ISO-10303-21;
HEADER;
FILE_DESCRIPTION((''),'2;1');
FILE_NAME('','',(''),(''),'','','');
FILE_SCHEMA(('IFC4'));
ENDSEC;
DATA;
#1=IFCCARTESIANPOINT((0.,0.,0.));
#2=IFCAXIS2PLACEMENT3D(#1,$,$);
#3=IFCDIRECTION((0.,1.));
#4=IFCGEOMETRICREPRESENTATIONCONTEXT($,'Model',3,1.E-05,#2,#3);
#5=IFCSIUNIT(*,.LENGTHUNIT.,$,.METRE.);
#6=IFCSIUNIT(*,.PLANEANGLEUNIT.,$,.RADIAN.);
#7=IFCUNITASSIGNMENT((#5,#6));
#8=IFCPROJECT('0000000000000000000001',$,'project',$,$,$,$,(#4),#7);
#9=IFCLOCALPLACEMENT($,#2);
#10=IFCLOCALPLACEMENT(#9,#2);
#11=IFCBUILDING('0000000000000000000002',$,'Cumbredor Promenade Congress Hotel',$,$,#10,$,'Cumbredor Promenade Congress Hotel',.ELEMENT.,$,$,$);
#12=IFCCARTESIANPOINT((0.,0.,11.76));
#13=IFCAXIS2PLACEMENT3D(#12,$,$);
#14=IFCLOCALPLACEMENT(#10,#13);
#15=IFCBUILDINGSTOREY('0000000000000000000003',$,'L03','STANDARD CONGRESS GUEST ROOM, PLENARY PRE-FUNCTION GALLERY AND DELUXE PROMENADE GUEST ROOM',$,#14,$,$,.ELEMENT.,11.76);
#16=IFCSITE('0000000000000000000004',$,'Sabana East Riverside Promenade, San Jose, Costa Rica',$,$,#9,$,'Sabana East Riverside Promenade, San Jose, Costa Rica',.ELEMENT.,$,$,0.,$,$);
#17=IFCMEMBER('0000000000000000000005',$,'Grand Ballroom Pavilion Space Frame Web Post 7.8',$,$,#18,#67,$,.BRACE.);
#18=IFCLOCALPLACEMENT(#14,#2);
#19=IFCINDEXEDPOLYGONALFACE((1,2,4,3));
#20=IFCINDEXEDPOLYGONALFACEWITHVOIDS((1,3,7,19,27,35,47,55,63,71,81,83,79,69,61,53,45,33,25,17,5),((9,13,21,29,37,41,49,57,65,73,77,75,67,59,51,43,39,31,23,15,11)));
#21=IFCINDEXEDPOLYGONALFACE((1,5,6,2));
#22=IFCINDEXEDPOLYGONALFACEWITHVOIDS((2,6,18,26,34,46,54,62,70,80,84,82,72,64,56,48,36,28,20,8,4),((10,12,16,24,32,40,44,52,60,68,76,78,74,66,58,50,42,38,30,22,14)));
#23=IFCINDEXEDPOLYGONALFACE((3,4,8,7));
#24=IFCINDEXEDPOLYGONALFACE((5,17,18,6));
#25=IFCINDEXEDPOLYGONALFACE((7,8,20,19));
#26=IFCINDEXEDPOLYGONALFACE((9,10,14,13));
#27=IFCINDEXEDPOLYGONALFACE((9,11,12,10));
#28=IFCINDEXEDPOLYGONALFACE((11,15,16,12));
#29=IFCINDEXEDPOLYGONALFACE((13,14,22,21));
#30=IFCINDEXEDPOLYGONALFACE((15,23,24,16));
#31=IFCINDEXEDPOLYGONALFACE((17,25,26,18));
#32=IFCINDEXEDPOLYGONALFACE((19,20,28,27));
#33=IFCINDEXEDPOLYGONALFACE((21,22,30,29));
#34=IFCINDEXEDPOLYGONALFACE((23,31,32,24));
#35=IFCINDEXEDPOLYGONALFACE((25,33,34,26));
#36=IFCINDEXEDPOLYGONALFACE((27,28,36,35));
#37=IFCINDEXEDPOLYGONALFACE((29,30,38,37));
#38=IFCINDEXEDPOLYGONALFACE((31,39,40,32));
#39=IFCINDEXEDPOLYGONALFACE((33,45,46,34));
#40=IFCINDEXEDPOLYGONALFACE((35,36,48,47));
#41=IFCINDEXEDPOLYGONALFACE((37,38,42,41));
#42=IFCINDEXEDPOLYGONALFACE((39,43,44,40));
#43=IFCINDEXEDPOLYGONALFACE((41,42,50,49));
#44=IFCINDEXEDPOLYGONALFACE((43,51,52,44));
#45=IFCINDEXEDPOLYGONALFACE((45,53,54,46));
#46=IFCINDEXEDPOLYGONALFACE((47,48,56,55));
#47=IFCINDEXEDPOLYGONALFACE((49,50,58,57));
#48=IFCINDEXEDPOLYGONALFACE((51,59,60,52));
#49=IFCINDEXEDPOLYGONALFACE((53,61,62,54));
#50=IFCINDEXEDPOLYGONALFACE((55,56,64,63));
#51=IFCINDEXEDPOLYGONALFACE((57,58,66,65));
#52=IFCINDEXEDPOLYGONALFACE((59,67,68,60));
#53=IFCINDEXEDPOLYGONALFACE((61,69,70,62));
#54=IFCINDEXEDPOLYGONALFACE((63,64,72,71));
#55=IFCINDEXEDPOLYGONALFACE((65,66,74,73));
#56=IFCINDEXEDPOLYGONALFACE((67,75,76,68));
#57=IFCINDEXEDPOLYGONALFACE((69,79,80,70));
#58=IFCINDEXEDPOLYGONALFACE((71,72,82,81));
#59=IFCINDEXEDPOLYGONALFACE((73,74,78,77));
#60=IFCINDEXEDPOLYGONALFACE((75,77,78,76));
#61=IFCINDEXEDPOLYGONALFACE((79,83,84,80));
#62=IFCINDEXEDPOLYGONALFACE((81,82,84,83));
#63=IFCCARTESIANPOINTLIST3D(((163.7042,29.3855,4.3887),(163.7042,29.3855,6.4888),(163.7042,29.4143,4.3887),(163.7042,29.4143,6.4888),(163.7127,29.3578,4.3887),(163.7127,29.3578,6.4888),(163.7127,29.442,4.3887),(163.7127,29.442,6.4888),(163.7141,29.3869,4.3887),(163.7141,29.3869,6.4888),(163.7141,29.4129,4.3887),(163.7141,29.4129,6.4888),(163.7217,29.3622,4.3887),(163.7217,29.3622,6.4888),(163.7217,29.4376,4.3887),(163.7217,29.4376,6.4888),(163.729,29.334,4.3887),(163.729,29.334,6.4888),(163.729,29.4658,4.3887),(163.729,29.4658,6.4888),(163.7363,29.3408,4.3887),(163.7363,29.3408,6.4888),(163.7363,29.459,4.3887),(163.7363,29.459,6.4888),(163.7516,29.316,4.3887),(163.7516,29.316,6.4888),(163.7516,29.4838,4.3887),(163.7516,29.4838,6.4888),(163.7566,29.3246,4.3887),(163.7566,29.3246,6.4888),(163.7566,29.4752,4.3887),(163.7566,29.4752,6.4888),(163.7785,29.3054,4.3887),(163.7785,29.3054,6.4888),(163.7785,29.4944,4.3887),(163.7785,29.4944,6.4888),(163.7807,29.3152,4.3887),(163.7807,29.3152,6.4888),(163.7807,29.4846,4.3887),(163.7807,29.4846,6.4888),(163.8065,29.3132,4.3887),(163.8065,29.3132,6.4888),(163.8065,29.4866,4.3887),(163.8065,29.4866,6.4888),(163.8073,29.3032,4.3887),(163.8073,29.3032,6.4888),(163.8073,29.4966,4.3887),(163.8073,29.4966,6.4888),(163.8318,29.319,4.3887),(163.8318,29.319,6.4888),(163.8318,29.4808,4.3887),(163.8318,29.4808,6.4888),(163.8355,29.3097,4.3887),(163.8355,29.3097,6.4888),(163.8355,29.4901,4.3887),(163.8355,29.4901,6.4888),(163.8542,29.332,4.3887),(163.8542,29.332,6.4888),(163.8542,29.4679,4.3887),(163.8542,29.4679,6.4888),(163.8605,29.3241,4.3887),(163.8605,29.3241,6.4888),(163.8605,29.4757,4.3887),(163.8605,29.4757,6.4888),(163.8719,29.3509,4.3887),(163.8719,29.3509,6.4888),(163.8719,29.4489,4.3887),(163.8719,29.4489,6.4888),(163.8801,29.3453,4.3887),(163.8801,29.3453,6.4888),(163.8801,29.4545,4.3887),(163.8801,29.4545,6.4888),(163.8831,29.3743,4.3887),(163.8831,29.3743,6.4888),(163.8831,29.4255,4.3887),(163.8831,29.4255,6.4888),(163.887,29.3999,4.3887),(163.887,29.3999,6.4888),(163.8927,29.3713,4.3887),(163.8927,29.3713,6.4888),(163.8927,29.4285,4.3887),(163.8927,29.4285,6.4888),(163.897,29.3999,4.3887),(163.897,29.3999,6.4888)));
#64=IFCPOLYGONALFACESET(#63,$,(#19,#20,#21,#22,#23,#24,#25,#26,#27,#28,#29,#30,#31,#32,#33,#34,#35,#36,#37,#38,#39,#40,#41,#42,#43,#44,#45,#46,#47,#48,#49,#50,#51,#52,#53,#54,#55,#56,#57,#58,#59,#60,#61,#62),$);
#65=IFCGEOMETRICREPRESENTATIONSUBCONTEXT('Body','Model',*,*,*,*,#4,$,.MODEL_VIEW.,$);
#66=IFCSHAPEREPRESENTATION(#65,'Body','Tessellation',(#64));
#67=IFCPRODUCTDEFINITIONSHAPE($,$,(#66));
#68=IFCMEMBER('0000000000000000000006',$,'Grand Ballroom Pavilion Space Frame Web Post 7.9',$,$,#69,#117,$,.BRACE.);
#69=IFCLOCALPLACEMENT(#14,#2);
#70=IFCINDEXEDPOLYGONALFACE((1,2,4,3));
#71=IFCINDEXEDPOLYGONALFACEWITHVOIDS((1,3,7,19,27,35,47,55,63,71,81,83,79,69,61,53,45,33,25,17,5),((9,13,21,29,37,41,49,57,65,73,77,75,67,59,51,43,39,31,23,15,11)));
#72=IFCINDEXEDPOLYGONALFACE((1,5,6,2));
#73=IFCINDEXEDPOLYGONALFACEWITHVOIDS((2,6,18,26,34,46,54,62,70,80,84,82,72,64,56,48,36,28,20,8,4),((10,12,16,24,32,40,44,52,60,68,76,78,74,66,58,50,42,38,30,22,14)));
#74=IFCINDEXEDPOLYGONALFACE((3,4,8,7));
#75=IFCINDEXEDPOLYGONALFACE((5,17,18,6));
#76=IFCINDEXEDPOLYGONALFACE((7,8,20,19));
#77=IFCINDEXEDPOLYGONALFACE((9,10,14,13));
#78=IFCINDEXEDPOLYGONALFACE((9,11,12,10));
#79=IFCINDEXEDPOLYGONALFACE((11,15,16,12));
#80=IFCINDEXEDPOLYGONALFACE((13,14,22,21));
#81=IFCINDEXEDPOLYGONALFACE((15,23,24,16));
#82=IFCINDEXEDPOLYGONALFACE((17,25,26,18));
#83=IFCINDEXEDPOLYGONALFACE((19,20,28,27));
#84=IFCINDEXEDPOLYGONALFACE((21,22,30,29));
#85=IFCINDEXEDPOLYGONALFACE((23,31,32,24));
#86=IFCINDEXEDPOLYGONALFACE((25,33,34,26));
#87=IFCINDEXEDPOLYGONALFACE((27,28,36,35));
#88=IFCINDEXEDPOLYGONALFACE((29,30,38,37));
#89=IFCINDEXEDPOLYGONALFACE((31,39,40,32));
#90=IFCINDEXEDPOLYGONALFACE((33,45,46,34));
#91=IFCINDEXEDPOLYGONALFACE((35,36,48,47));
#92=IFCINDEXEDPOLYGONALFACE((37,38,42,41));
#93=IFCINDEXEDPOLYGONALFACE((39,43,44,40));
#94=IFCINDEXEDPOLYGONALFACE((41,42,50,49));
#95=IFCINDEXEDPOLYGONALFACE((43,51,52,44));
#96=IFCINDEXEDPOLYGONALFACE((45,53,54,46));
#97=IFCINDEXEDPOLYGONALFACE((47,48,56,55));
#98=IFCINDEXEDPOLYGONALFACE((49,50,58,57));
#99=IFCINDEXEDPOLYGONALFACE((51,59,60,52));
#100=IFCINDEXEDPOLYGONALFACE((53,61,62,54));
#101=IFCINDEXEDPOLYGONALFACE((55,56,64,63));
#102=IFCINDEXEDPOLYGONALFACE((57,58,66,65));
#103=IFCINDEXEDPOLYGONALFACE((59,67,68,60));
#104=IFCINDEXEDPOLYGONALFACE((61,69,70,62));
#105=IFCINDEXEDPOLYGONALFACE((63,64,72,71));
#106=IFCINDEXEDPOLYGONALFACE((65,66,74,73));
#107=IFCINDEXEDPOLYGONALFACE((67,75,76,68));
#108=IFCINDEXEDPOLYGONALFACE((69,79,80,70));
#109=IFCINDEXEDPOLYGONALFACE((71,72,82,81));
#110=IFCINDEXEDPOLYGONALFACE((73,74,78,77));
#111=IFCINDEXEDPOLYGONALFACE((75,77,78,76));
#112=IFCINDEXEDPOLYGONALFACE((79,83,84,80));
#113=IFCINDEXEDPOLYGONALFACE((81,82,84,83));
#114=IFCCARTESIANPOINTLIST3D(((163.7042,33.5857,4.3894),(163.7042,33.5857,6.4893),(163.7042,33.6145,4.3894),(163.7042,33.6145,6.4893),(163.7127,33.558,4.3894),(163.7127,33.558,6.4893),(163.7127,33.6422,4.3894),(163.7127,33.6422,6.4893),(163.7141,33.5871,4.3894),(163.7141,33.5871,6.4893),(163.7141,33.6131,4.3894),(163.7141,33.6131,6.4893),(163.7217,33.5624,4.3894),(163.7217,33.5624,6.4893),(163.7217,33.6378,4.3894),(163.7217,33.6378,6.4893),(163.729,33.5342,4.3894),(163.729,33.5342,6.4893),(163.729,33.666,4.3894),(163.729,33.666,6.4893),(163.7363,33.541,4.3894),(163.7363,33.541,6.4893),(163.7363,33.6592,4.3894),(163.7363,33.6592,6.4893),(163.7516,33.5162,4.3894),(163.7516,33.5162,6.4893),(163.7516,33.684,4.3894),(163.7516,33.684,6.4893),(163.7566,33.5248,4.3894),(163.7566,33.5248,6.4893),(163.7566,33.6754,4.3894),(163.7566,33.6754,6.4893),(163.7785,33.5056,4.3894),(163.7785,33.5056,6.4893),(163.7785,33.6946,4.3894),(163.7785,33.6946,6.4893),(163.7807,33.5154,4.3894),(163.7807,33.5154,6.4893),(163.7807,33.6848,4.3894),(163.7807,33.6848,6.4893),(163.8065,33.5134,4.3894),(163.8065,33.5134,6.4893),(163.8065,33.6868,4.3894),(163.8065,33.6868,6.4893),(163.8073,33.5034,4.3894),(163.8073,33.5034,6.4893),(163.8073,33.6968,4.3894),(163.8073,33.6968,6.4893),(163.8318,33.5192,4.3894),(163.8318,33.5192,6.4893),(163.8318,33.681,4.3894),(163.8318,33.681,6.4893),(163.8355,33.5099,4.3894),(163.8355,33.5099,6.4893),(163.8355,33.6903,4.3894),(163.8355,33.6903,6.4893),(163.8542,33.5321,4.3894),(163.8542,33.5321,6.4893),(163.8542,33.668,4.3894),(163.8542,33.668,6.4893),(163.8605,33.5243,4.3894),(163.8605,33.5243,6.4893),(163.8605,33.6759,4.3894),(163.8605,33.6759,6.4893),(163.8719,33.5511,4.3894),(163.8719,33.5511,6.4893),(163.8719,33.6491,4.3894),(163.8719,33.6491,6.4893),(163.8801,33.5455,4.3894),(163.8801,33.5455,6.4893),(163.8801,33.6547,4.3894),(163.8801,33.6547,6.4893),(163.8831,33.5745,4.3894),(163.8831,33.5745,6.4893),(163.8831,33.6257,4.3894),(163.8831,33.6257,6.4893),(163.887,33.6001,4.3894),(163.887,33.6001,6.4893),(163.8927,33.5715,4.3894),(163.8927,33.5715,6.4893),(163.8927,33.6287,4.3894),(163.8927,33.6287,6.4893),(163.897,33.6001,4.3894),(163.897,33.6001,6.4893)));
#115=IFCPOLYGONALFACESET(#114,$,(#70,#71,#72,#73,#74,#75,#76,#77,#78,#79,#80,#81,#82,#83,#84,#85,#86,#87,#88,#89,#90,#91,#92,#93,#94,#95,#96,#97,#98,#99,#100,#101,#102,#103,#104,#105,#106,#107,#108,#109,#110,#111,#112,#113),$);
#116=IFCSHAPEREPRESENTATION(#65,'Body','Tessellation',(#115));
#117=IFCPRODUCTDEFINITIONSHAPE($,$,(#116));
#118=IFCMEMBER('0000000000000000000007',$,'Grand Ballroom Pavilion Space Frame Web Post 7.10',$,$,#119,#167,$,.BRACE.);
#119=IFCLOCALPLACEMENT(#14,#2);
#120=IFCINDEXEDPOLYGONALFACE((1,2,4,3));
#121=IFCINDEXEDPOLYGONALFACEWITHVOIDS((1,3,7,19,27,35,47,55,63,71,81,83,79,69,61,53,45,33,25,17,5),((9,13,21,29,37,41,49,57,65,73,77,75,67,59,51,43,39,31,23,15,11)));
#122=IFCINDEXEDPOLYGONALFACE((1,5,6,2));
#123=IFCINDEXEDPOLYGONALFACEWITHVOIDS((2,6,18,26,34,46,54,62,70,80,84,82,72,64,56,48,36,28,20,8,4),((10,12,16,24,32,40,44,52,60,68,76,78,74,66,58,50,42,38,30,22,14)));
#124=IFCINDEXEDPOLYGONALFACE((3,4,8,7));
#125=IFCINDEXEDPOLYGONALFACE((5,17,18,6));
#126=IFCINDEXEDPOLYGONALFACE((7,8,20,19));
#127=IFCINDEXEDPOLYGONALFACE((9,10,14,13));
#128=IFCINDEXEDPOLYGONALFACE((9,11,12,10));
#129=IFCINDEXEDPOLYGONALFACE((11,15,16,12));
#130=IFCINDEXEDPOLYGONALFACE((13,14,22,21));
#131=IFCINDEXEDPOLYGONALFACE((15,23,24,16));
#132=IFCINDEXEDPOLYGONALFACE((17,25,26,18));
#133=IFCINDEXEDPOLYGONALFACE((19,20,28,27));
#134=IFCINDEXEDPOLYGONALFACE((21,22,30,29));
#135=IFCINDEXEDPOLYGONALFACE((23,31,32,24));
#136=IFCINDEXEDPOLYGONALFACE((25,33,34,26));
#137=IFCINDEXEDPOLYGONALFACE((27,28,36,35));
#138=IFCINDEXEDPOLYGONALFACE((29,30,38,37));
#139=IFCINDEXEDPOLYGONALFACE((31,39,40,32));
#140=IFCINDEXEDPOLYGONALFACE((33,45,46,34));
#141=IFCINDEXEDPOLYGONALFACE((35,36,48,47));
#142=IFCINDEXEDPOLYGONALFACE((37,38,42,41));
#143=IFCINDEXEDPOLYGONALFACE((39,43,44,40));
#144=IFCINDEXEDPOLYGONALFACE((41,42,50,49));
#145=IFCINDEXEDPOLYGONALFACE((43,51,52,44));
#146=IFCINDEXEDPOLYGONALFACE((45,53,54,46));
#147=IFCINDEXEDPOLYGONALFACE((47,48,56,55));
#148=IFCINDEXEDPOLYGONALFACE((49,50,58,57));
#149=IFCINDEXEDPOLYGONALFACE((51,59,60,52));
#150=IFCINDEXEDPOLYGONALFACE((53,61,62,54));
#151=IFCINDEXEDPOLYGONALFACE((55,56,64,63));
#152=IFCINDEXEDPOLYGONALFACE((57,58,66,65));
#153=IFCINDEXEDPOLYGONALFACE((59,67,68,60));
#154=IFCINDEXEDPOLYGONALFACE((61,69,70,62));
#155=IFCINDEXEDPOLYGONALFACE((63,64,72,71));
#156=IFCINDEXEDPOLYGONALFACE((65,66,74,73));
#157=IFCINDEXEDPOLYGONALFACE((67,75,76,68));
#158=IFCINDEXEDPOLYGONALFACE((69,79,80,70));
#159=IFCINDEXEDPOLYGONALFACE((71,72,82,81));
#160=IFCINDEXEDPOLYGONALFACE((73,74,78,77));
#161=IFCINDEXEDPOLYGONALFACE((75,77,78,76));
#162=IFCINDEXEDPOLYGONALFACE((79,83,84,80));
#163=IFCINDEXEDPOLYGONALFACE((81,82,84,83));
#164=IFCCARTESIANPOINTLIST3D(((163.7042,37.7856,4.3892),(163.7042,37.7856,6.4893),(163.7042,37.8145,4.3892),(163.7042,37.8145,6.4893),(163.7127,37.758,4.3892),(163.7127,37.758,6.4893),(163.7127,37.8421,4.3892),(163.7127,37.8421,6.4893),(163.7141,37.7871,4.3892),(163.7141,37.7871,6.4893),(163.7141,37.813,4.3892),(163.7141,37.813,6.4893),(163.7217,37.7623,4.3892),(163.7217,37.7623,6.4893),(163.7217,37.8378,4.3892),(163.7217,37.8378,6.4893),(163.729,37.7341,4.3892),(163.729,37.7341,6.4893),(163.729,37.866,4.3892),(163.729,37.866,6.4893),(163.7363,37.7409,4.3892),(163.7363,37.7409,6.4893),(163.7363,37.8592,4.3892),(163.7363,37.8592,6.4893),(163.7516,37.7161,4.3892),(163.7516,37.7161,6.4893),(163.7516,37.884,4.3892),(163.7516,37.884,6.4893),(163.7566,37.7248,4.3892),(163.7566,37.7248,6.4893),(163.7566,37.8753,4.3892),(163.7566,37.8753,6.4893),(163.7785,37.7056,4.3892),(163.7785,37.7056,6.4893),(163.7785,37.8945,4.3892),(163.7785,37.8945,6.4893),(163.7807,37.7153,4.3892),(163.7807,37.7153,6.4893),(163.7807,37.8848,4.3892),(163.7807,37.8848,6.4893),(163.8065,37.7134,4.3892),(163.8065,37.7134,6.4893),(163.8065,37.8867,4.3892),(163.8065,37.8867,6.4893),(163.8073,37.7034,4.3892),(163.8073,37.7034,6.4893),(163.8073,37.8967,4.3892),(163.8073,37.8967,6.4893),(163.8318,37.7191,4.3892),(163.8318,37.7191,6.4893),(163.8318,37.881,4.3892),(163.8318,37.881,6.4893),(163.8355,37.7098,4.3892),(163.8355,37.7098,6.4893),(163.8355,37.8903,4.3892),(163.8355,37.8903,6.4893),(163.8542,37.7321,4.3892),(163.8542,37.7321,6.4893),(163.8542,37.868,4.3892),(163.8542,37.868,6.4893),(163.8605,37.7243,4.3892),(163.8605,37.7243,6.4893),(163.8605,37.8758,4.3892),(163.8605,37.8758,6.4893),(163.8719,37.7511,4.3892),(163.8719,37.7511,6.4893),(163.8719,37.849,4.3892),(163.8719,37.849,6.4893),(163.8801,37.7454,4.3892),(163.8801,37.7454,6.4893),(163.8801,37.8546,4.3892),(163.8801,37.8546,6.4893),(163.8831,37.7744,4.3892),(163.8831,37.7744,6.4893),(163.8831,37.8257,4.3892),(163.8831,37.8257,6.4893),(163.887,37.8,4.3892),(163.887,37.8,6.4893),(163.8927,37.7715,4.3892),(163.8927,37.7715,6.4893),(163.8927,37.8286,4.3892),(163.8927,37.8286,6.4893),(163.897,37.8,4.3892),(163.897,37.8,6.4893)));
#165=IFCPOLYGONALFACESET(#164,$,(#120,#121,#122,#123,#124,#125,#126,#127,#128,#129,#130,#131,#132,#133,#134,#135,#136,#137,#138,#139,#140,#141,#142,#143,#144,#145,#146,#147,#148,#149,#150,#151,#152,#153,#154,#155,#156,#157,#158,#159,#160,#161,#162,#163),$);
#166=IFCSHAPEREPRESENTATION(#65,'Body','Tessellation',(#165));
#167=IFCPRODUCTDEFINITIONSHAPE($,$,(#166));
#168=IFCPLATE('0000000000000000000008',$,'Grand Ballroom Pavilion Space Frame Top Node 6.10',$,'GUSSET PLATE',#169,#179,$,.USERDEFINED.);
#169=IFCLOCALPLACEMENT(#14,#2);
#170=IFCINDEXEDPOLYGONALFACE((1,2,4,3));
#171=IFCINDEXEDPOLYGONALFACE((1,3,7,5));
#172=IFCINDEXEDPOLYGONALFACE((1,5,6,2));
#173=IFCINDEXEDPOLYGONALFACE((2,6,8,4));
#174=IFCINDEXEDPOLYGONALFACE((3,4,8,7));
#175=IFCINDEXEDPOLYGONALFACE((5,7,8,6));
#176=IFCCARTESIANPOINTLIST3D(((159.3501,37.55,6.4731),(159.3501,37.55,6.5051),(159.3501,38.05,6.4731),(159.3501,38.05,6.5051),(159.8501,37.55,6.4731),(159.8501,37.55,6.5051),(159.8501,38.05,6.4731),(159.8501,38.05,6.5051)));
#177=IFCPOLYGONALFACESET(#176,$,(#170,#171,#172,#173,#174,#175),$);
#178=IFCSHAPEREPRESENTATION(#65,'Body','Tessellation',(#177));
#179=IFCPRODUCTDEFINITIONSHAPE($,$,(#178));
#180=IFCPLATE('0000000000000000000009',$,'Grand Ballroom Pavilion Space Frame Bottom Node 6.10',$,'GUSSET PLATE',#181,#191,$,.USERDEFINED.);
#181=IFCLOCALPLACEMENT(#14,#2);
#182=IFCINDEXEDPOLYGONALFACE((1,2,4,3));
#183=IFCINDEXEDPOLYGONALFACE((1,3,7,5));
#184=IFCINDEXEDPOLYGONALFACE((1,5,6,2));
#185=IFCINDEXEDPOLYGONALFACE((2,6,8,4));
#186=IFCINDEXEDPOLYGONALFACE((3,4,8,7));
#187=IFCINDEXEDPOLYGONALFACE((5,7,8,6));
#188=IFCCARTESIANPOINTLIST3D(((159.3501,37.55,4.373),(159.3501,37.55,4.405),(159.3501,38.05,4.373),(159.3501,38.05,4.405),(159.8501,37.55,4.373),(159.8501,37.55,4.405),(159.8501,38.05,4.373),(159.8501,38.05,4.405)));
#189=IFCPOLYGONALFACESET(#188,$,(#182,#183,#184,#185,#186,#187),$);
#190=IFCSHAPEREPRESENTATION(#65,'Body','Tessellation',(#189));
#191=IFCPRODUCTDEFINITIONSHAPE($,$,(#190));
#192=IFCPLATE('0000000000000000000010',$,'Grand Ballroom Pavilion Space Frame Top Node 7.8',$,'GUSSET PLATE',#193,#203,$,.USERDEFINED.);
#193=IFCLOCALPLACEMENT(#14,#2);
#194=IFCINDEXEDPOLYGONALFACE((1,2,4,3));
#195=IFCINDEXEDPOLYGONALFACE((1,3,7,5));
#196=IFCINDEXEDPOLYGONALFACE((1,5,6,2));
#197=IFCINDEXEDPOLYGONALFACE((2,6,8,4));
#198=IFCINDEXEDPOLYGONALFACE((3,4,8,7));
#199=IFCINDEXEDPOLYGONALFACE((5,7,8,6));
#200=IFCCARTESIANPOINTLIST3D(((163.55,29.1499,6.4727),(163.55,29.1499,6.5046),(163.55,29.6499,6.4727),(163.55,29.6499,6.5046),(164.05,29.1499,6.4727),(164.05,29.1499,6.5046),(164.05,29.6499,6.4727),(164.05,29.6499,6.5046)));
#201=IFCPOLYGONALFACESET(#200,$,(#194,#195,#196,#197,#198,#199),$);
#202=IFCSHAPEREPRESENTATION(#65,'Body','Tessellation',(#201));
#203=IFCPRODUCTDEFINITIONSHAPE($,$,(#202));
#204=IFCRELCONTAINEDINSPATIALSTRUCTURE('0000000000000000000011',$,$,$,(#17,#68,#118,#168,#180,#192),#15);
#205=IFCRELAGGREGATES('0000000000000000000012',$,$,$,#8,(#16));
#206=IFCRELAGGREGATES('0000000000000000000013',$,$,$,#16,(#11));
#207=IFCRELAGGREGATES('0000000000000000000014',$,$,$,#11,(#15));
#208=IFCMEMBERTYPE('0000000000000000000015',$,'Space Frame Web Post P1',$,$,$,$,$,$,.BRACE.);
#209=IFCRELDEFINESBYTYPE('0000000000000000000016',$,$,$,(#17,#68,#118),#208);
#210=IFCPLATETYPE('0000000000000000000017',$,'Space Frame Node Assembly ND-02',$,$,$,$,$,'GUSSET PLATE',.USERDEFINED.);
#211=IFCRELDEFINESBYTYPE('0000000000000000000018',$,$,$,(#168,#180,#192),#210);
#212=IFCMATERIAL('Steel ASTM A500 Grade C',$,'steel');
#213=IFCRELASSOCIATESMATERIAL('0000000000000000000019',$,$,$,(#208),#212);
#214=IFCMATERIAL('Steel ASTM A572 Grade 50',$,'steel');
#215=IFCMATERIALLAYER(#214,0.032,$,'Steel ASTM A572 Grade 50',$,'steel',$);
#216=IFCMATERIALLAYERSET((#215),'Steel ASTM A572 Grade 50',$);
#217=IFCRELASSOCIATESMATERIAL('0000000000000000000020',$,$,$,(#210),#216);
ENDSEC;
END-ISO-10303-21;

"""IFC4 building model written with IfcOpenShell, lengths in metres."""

from ifc_helpers import new_model, si_unit, direction, frame, origin, origin_2d, place, context, subcontext, project, spatial, rectangle, hollow_circle, extrude, material, layer, layer_set, material_profile, profile_set, type_object, element, save


model = new_model("IFC4")

# Units and contexts
model_context = context("Model", 3, precision=1e-05, world=origin(), true_north=direction((0.0, 1.0)))
body_context = subcontext(model_context, "Body", "Model", "MODEL_VIEW")
ifc_project = project(units=[si_unit("LENGTHUNIT", "METRE"), si_unit("PLANEANGLEUNIT", "RADIAN")], contexts=[model_context])

# Site, building, storey
site_placement = place(None, origin())
site = spatial("IfcSite", under=ifc_project, at=site_placement, Name="Sabana East Riverside Promenade, San Jose, Costa Rica", LongName="Sabana East Riverside Promenade, San Jose, Costa Rica", CompositionType="ELEMENT", RefElevation=0.0)
building_placement = place(site_placement, origin())
building = spatial("IfcBuilding", under=site, at=building_placement, Name="Cumbredor Promenade Congress Hotel", LongName="Cumbredor Promenade Congress Hotel", CompositionType="ELEMENT")
storey_placement = place(building_placement, frame((0.0, 0.0, 11.76)))
storey = spatial("IfcBuildingStorey", under=building, at=storey_placement, Name="L03", Description="STANDARD CONGRESS GUEST ROOM, PLENARY PRE-FUNCTION GALLERY AND DELUXE PROMENADE GUEST ROOM", CompositionType="ELEMENT", Elevation=11.76)

# Members
ifc_material_1 = material(Name="Steel ASTM A500 Grade C", Category="steel")
ifc_material_profile_1 = material_profile(ifc_material_1, hollow_circle(Radius=0.0969, WallThickness=0.01, at=origin_2d()), Name="CHS 193.7x10")
ifc_profile_set_1 = profile_set([ifc_material_profile_1], Name="Steel ASTM A500 Grade C")
member_type_1 = type_object("IfcMemberType", Name="Space Frame Web Post P1", PredefinedType="BRACE", material=ifc_profile_set_1)
member_1_placement = place(storey_placement, frame((163.8, 29.3999, 4.3887), z_axis=(0.0, 0.0, 1.0), x_axis=(1.0, 0.0, 0.0)))
element("IfcMember", 1, at=member_1_placement, inside=storey, type_object=member_type_1, Name="Grand Ballroom Pavilion Space Frame Web Post 7.8", PredefinedType="BRACE", context=body_context, shape_type="SweptSolid", body=[
    extrude(hollow_circle(Radius=0.0969, WallThickness=0.01, at=origin_2d()), origin(), (0.0, 0.0, 1.0), 2.1001),
])
member_2_placement = place(storey_placement, frame((163.8, 33.6001, 4.3894), z_axis=(0.0, 0.0, 1.0), x_axis=(1.0, 0.0, 0.0)))
element("IfcMember", 2, at=member_2_placement, inside=storey, type_object=member_type_1, Name="Grand Ballroom Pavilion Space Frame Web Post 7.9", PredefinedType="BRACE", context=body_context, shape_type="SweptSolid", body=[
    extrude(hollow_circle(Radius=0.0969, WallThickness=0.01, at=origin_2d()), origin(), (0.0, 0.0, 1.0), 2.0999),
])
member_3_placement = place(storey_placement, frame((163.8, 37.8, 4.3892), z_axis=(0.0, 0.0, 1.0), x_axis=(1.0, 0.0, 0.0)))
element("IfcMember", 3, at=member_3_placement, inside=storey, type_object=member_type_1, Name="Grand Ballroom Pavilion Space Frame Web Post 7.10", PredefinedType="BRACE", context=body_context, shape_type="SweptSolid", body=[
    extrude(hollow_circle(Radius=0.0969, WallThickness=0.01, at=origin_2d()), origin(), (0.0, 0.0, 1.0), 2.1001),
])

# Plates
ifc_material_2 = material(Name="Steel ASTM A572 Grade 50", Category="steel")
ifc_layer = layer(ifc_material_2, 0.032, Name="Steel ASTM A572 Grade 50", Category="steel")
ifc_layer_set = layer_set([ifc_layer], Name="Steel ASTM A572 Grade 50")
plate_type = type_object("IfcPlateType", Name="Space Frame Node Assembly ND-02", ElementType="GUSSET PLATE", PredefinedType="USERDEFINED", material=ifc_layer_set)
for number, where, z_axis, x_axis, name in (
    (4, (159.6001, 37.8, 6.4731), (0.0, 0.0, 1.0), (1.0, 0.0, 0.0), "Grand Ballroom Pavilion Space Frame Top Node 6.10"),
    (5, (159.6001, 37.8, 4.373), (0.0, 0.0, 1.0), (1.0, 0.0, 0.0), "Grand Ballroom Pavilion Space Frame Bottom Node 6.10"),
    (6, (163.8, 29.3999, 6.4727), (0.0, 0.0, 1.0), (1.0, 0.0, 0.0), "Grand Ballroom Pavilion Space Frame Top Node 7.8"),
):
    element("IfcPlate", number, at=place(storey_placement, frame(where, z_axis=z_axis, x_axis=x_axis)), inside=storey, type_object=plate_type, Name=name, ObjectType="GUSSET PLATE", PredefinedType="USERDEFINED", context=body_context, shape_type="SweptSolid", body=[
        extrude(rectangle(XDim=0.5, YDim=0.5, at=origin_2d()), origin(), (0.0, 0.0, 1.0), 0.032),
    ])

save(model, "model.ifc")
